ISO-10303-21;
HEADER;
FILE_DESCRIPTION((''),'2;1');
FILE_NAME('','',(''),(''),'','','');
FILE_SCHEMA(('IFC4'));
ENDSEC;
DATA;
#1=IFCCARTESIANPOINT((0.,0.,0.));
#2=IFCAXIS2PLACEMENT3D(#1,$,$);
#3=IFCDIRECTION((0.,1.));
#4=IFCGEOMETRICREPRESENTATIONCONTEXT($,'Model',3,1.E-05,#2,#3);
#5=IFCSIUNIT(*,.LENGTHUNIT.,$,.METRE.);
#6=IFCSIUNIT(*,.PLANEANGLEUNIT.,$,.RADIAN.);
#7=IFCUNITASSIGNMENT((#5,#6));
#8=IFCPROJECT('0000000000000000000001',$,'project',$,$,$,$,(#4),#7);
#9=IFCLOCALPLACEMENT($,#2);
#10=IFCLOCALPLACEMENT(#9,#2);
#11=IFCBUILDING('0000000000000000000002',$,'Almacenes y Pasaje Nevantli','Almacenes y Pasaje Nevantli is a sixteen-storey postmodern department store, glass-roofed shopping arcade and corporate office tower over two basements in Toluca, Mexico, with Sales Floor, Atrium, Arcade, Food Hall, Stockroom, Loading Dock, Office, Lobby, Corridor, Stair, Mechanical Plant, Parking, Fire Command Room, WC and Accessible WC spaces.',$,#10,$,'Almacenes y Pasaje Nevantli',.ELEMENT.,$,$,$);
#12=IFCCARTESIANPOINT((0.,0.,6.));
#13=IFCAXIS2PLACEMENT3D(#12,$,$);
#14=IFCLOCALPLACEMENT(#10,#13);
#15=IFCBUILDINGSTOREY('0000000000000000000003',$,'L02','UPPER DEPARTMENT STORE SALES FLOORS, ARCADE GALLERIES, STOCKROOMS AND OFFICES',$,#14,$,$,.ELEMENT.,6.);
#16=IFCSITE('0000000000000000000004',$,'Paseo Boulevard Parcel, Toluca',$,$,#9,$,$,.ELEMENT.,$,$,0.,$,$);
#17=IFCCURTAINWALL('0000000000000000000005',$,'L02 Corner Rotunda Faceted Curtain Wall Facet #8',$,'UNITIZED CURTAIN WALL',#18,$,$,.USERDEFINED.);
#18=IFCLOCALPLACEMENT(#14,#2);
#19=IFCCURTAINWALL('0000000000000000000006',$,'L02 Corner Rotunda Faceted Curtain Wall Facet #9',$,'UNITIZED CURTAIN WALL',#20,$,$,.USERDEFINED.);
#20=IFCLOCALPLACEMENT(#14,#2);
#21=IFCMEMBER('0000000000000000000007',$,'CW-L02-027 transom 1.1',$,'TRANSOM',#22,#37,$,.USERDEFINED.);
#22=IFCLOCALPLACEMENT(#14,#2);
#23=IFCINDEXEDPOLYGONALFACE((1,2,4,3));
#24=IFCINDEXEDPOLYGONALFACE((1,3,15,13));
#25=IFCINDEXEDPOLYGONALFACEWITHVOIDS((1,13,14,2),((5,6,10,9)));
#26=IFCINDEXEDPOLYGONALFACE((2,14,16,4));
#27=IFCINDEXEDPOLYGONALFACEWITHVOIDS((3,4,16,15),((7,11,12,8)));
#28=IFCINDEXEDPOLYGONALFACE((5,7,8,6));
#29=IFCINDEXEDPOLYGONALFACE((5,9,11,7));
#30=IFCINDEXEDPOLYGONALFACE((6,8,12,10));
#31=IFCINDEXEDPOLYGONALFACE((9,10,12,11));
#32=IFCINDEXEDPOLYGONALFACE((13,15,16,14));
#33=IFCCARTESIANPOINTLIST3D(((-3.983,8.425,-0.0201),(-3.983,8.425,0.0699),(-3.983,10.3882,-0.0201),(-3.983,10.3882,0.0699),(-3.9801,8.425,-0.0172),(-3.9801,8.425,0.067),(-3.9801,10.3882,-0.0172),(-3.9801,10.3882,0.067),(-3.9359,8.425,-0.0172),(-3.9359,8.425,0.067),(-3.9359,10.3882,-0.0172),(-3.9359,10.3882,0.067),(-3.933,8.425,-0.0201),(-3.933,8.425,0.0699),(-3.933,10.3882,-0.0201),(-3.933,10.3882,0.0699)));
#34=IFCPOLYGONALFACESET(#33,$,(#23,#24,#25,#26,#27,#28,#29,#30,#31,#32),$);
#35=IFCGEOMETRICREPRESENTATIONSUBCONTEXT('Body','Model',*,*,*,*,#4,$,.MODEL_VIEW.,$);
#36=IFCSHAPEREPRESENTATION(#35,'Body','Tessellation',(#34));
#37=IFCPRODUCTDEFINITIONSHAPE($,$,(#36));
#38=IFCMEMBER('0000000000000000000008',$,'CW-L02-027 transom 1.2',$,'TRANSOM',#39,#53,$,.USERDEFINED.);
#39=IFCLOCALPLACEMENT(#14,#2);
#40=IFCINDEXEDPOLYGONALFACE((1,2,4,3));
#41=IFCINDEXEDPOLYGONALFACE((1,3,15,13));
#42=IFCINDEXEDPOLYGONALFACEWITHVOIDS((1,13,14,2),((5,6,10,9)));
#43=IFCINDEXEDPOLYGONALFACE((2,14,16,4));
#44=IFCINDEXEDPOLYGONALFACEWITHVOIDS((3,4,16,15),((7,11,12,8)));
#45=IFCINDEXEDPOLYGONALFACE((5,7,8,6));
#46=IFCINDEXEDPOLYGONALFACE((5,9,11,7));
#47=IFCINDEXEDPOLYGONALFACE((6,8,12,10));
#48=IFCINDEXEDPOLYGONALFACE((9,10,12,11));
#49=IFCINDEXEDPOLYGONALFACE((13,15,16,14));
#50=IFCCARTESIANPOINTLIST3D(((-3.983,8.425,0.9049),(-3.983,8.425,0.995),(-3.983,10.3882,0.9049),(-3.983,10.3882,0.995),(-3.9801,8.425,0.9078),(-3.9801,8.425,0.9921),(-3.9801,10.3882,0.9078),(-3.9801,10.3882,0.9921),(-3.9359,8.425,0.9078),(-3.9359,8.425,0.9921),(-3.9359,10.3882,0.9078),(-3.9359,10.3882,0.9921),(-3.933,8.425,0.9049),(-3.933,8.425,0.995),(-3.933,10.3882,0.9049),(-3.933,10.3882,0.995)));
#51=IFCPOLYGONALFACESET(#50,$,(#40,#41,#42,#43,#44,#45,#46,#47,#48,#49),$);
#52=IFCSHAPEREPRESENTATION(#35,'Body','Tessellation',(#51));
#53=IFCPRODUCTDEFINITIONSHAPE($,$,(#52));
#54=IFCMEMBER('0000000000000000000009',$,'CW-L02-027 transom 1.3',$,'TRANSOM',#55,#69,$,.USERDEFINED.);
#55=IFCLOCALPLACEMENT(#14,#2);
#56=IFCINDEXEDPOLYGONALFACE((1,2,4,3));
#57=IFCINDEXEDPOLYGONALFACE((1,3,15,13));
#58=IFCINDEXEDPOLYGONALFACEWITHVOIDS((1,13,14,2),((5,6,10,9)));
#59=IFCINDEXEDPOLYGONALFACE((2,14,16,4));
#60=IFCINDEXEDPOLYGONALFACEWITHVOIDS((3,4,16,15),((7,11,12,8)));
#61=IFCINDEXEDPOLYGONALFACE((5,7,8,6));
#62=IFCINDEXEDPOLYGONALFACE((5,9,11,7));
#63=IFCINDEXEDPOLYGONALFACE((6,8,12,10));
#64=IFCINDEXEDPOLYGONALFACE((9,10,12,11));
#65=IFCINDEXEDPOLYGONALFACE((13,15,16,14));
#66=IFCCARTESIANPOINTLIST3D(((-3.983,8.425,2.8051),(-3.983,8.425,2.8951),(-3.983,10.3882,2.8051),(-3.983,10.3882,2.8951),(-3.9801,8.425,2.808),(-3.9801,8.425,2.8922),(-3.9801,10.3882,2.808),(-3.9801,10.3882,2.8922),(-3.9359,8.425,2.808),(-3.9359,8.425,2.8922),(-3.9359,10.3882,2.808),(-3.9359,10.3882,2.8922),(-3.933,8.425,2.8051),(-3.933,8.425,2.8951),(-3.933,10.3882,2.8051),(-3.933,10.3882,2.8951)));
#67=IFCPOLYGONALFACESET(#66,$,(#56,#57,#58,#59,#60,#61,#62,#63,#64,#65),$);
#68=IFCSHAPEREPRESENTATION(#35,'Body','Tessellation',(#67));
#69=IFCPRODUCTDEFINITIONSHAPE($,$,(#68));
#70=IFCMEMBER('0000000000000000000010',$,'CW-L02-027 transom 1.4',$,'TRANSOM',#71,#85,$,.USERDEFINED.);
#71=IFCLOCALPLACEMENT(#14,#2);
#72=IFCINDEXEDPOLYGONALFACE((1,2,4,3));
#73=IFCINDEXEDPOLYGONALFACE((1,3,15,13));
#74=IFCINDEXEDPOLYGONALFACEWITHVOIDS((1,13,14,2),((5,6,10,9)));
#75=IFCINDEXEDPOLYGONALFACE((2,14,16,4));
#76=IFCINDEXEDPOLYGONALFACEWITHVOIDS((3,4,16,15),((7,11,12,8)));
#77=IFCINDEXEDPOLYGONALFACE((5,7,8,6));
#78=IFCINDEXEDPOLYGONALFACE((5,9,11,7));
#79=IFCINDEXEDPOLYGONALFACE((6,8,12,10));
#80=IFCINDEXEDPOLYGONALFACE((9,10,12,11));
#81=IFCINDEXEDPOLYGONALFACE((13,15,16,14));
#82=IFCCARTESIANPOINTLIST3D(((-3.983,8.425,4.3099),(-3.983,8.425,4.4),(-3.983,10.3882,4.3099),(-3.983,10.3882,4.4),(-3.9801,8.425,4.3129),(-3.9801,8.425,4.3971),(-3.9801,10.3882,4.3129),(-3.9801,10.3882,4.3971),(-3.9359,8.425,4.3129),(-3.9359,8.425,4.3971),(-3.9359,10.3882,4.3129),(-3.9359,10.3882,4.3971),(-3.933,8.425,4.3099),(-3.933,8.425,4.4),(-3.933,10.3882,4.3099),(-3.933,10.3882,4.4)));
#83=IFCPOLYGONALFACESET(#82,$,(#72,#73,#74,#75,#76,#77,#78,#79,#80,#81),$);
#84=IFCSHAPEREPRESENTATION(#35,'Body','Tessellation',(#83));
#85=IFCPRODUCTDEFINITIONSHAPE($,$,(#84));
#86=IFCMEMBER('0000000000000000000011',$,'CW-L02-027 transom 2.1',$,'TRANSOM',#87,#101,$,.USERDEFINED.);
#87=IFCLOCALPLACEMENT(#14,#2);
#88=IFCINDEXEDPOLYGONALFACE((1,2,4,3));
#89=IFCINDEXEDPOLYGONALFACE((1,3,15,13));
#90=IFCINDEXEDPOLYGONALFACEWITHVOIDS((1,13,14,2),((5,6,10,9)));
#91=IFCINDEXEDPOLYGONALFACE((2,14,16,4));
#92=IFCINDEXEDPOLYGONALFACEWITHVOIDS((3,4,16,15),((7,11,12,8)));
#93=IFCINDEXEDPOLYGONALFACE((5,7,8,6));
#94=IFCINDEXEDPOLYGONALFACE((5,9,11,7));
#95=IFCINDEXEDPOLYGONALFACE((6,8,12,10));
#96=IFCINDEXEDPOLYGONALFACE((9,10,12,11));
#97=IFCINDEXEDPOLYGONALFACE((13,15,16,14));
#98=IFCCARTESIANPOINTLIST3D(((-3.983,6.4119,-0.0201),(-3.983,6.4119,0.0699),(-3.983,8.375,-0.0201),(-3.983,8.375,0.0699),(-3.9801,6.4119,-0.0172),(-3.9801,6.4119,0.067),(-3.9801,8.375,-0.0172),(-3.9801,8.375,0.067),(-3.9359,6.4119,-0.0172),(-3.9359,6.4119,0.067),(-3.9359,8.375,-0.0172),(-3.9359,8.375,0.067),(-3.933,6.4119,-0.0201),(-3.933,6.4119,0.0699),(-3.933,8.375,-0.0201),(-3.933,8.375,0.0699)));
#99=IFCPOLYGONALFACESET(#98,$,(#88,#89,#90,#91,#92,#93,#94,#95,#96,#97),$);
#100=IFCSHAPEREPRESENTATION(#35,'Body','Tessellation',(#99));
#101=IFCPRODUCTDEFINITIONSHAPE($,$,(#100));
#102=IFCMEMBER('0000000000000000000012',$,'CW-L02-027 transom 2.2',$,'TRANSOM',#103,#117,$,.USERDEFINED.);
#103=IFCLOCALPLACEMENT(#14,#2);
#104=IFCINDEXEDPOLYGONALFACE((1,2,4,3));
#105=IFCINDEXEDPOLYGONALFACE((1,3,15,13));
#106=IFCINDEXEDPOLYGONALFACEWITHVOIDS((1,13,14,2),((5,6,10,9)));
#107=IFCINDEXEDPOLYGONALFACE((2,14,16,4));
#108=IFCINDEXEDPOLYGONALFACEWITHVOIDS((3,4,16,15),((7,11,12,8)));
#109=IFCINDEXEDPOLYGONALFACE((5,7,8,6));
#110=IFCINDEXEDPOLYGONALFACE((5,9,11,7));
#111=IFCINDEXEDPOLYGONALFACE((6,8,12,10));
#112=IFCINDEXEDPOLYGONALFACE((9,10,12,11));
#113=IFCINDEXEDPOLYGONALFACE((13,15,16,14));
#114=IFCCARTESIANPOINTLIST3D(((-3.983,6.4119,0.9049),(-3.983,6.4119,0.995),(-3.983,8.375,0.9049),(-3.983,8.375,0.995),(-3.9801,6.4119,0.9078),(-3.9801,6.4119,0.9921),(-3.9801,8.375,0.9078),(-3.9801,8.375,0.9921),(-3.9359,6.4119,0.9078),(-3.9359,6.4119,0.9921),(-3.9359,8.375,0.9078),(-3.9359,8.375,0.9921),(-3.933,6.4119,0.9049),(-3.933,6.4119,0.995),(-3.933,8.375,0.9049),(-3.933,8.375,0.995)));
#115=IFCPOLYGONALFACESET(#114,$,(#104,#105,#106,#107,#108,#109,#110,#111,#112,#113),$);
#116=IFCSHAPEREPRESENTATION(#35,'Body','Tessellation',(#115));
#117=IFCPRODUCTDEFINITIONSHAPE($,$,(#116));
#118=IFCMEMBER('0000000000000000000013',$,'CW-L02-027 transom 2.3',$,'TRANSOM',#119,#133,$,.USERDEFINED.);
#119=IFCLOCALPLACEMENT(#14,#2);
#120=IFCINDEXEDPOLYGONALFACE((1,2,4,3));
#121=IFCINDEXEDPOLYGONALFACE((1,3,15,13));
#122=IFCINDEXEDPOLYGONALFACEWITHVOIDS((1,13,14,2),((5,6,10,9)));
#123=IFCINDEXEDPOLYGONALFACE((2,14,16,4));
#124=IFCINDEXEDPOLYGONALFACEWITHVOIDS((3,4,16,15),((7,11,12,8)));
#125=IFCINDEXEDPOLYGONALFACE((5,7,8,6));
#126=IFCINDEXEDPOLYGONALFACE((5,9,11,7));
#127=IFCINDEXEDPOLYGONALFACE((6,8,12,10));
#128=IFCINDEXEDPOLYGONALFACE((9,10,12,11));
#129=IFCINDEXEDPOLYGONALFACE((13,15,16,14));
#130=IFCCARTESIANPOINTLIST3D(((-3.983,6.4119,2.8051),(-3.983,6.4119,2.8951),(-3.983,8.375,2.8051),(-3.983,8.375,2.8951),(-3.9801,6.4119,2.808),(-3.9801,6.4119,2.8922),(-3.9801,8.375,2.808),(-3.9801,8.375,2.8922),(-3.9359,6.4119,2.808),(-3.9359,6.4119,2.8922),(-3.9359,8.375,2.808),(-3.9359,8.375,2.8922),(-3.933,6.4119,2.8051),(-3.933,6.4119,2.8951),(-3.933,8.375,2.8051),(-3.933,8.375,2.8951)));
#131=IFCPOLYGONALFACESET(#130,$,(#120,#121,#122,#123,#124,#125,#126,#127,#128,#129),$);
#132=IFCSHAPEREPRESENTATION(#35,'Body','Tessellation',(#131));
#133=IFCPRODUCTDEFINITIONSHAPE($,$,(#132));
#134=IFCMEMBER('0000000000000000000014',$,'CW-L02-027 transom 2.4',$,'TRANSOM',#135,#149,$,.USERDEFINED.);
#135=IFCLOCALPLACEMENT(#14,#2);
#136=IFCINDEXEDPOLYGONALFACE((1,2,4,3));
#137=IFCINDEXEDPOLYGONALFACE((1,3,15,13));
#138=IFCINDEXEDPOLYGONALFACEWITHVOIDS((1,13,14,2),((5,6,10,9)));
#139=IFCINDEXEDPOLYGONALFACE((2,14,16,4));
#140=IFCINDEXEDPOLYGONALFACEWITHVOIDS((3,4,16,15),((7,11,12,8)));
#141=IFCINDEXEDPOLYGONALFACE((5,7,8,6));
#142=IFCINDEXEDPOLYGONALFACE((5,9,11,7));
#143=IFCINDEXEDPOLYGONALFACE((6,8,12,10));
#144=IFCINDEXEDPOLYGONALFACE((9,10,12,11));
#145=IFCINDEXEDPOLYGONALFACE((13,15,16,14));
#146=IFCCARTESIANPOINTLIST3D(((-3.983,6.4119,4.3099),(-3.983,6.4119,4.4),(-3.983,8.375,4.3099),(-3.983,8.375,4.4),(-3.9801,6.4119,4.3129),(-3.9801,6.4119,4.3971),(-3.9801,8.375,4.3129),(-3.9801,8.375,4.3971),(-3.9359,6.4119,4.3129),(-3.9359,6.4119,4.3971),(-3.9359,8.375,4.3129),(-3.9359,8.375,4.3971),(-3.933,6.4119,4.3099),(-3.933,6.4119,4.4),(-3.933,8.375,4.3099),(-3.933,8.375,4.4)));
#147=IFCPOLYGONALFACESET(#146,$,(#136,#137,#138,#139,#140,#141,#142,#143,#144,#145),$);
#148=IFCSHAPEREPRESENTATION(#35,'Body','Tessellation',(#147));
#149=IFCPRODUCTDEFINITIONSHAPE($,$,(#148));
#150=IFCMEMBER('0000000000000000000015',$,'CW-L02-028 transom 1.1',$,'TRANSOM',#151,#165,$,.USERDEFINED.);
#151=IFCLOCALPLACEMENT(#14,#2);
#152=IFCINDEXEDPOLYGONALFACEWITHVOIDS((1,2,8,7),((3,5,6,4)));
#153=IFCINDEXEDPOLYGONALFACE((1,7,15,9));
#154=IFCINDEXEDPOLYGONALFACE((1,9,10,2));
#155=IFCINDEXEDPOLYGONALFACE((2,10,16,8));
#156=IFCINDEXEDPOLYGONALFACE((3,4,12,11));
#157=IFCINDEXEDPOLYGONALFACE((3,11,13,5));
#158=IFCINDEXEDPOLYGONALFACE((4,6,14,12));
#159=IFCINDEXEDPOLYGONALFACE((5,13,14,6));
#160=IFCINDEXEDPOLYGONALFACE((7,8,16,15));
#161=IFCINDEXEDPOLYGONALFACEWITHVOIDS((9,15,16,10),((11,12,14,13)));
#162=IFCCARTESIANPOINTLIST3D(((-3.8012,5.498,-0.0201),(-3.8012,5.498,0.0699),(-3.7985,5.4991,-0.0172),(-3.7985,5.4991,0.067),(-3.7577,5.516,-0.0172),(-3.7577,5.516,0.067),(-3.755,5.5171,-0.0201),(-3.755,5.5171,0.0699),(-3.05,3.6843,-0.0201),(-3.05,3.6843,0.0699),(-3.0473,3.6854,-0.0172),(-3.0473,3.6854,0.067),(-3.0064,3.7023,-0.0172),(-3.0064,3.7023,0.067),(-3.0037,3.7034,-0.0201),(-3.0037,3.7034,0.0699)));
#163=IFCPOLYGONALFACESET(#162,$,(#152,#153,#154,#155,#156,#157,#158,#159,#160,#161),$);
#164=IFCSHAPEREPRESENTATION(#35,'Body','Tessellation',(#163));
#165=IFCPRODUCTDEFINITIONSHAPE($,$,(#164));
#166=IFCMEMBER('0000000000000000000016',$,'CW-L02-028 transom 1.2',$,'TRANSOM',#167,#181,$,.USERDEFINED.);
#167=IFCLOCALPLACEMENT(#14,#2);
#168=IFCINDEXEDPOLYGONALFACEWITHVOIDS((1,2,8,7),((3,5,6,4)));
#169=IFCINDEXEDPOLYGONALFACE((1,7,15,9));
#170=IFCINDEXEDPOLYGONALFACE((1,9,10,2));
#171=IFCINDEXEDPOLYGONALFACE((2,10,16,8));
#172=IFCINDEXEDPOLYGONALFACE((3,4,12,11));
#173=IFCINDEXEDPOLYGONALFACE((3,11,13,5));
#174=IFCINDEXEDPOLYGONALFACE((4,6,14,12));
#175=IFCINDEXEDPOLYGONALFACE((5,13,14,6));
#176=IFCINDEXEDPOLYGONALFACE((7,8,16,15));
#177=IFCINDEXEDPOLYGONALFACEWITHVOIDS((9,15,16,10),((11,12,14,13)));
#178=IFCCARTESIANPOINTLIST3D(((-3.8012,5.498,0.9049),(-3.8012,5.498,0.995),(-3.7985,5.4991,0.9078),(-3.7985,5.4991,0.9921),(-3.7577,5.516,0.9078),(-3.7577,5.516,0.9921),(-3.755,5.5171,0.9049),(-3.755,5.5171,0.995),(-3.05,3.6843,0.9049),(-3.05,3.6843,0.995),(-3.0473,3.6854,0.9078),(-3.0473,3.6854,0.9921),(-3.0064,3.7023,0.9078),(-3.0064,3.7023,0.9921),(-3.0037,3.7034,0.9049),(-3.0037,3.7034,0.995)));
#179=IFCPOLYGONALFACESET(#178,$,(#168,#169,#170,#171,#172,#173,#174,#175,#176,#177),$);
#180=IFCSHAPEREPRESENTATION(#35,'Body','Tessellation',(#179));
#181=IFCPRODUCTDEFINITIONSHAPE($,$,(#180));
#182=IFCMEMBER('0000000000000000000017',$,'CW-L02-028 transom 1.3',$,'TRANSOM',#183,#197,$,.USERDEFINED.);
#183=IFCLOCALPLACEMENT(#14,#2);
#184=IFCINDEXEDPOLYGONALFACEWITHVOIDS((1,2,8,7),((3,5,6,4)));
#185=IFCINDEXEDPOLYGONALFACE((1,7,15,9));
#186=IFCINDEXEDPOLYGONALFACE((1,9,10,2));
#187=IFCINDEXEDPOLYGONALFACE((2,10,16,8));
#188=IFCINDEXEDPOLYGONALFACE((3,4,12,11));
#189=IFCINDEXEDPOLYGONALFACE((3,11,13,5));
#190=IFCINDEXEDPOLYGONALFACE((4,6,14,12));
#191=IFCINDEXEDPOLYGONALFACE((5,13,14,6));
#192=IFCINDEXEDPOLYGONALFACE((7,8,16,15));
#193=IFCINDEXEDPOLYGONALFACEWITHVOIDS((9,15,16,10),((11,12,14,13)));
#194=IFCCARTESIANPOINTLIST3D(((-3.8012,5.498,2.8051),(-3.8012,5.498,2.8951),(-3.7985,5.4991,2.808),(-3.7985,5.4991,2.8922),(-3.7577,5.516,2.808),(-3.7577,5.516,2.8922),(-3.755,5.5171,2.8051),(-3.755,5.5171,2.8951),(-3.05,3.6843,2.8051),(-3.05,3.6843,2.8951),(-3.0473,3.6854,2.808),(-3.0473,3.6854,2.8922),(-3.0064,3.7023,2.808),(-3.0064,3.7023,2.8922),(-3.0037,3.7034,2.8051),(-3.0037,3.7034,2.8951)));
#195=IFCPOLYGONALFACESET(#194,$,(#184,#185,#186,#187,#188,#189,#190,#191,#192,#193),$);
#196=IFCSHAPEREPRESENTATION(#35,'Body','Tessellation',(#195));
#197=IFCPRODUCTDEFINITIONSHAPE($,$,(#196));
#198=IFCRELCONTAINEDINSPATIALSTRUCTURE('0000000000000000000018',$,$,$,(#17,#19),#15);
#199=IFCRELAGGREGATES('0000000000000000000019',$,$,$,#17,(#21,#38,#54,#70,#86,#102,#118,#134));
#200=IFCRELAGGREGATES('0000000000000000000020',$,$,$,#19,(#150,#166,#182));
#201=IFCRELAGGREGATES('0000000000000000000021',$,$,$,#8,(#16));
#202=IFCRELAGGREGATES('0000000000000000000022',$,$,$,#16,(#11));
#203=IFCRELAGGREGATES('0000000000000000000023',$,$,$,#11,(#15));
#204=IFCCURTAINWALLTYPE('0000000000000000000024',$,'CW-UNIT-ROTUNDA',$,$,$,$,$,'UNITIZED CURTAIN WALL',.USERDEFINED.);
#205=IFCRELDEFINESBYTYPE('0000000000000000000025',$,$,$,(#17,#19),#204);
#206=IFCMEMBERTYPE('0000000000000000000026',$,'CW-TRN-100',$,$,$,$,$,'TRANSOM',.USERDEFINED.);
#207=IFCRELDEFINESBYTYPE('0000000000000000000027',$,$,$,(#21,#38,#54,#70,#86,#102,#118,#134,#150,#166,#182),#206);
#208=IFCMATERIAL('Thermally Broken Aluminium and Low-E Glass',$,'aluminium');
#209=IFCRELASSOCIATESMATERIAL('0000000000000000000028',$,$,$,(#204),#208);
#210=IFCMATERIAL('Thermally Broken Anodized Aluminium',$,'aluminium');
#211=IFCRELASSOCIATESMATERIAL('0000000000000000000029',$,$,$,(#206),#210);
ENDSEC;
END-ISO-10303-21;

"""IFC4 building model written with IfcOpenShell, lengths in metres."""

from ifc_helpers import new_model, si_unit, direction, frame, origin, origin_2d, place, context, subcontext, project, spatial, hollow_rectangle, extrude, material, material_profile, profile_set, type_object, element, aggregate, save


model = new_model("IFC4")

# Units and contexts
model_context = context("Model", 3, precision=1e-05, world=origin(), true_north=direction((0.0, 1.0)))
body_context = subcontext(model_context, "Body", "Model", "MODEL_VIEW")
ifc_project = project(units=[si_unit("LENGTHUNIT", "METRE"), si_unit("PLANEANGLEUNIT", "RADIAN")], contexts=[model_context])

# Site, building, storey
site_placement = place(None, origin())
site = spatial("IfcSite", under=ifc_project, at=site_placement, Name="Paseo Boulevard Parcel, Toluca", CompositionType="ELEMENT", RefElevation=0.0)
building_placement = place(site_placement, origin())
building = spatial("IfcBuilding", under=site, at=building_placement, Name="Almacenes y Pasaje Nevantli", Description="Almacenes y Pasaje Nevantli is a sixteen-storey postmodern department store, glass-roofed shopping arcade and corporate office tower over two basements in Toluca, Mexico, with Sales Floor, Atrium, Arcade, Food Hall, Stockroom, Loading Dock, Office, Lobby, Corridor, Stair, Mechanical Plant, Parking, Fire Command Room, WC and Accessible WC spaces.", LongName="Almacenes y Pasaje Nevantli", CompositionType="ELEMENT")
storey_placement = place(building_placement, frame((0.0, 0.0, 6.0)))
storey = spatial("IfcBuildingStorey", under=building, at=storey_placement, Name="L02", Description="UPPER DEPARTMENT STORE SALES FLOORS, ARCADE GALLERIES, STOCKROOMS AND OFFICES", CompositionType="ELEMENT", Elevation=6.0)

# Curtain walls
ifc_material_1 = material(Name="Thermally Broken Aluminium and Low-E Glass", Category="aluminium")
curtain_wall_type = type_object("IfcCurtainWallType", Name="CW-UNIT-ROTUNDA", ElementType="UNITIZED CURTAIN WALL", PredefinedType="USERDEFINED", material=ifc_material_1)
curtain_wall_1_placement = place(storey_placement, origin())
curtain_wall_1 = element("IfcCurtainWall", 1, at=curtain_wall_1_placement, inside=storey, type_object=curtain_wall_type, Name="L02 Corner Rotunda Faceted Curtain Wall Facet #8", ObjectType="UNITIZED CURTAIN WALL", PredefinedType="USERDEFINED")
curtain_wall_2_placement = place(storey_placement, origin())
curtain_wall_2 = element("IfcCurtainWall", 2, at=curtain_wall_2_placement, inside=storey, type_object=curtain_wall_type, Name="L02 Corner Rotunda Faceted Curtain Wall Facet #9", ObjectType="UNITIZED CURTAIN WALL", PredefinedType="USERDEFINED")

# Members
ifc_material_2 = material(Name="Thermally Broken Anodized Aluminium", Category="aluminium")
ifc_material_profile_1 = material_profile(ifc_material_2, hollow_rectangle(XDim=0.05, YDim=0.0901, WallThickness=0.0029, at=origin_2d()), Name="ALU-TRN-50x90")
ifc_profile_set_1 = profile_set([ifc_material_profile_1], Name="Thermally Broken Anodized Aluminium")
member_type_1 = type_object("IfcMemberType", Name="CW-TRN-100", ElementType="TRANSOM", PredefinedType="USERDEFINED", material=ifc_profile_set_1)
member_1_placement = place(storey_placement, frame((-3.958, 10.3882, 0.0249), z_axis=(0.0, -1.0, 0.0), x_axis=(1.0, 0.0, 0.0)))
member_1 = element("IfcMember", 3, at=member_1_placement, type_object=member_type_1, Name="CW-L02-027 transom 1.1", ObjectType="TRANSOM", PredefinedType="USERDEFINED", context=body_context, shape_type="SweptSolid", body=[
    extrude(hollow_rectangle(XDim=0.05, YDim=0.0901, WallThickness=0.0029, at=origin_2d()), origin(), (0.0, 0.0, 1.0), 1.9631),
])
member_2_placement = place(storey_placement, frame((-3.958, 10.3882, 0.95), z_axis=(0.0, -1.0, 0.0), x_axis=(1.0, 0.0, 0.0)))
member_2 = element("IfcMember", 4, at=member_2_placement, type_object=member_type_1, Name="CW-L02-027 transom 1.2", ObjectType="TRANSOM", PredefinedType="USERDEFINED", context=body_context, shape_type="SweptSolid", body=[
    extrude(hollow_rectangle(XDim=0.05, YDim=0.0901, WallThickness=0.0029, at=origin_2d()), origin(), (0.0, 0.0, 1.0), 1.9631),
])
member_3_placement = place(storey_placement, frame((-3.958, 10.3882, 2.8501), z_axis=(0.0, -1.0, 0.0), x_axis=(1.0, 0.0, 0.0)))
member_3 = element("IfcMember", 5, at=member_3_placement, type_object=member_type_1, Name="CW-L02-027 transom 1.3", ObjectType="TRANSOM", PredefinedType="USERDEFINED", context=body_context, shape_type="SweptSolid", body=[
    extrude(hollow_rectangle(XDim=0.05, YDim=0.0901, WallThickness=0.0029, at=origin_2d()), origin(), (0.0, 0.0, 1.0), 1.9631),
])
member_4_placement = place(storey_placement, frame((-3.958, 10.3882, 4.355), z_axis=(0.0, -1.0, 0.0), x_axis=(1.0, 0.0, 0.0)))
member_4 = element("IfcMember", 6, at=member_4_placement, type_object=member_type_1, Name="CW-L02-027 transom 1.4", ObjectType="TRANSOM", PredefinedType="USERDEFINED", context=body_context, shape_type="SweptSolid", body=[
    extrude(hollow_rectangle(XDim=0.05, YDim=0.0901, WallThickness=0.0029, at=origin_2d()), origin(), (0.0, 0.0, 1.0), 1.9631),
])
member_5_placement = place(storey_placement, frame((-3.958, 8.375, 0.0249), z_axis=(0.0, -1.0, 0.0), x_axis=(1.0, 0.0, 0.0)))
member_5 = element("IfcMember", 7, at=member_5_placement, type_object=member_type_1, Name="CW-L02-027 transom 2.1", ObjectType="TRANSOM", PredefinedType="USERDEFINED", context=body_context, shape_type="SweptSolid", body=[
    extrude(hollow_rectangle(XDim=0.05, YDim=0.0901, WallThickness=0.0029, at=origin_2d()), origin(), (0.0, 0.0, 1.0), 1.9631),
])
member_6_placement = place(storey_placement, frame((-3.958, 8.375, 0.95), z_axis=(0.0, -1.0, 0.0), x_axis=(1.0, 0.0, 0.0)))
member_6 = element("IfcMember", 8, at=member_6_placement, type_object=member_type_1, Name="CW-L02-027 transom 2.2", ObjectType="TRANSOM", PredefinedType="USERDEFINED", context=body_context, shape_type="SweptSolid", body=[
    extrude(hollow_rectangle(XDim=0.05, YDim=0.0901, WallThickness=0.0029, at=origin_2d()), origin(), (0.0, 0.0, 1.0), 1.9631),
])
member_7_placement = place(storey_placement, frame((-3.958, 8.375, 2.8501), z_axis=(0.0, -1.0, 0.0), x_axis=(1.0, 0.0, 0.0)))
member_7 = element("IfcMember", 9, at=member_7_placement, type_object=member_type_1, Name="CW-L02-027 transom 2.3", ObjectType="TRANSOM", PredefinedType="USERDEFINED", context=body_context, shape_type="SweptSolid", body=[
    extrude(hollow_rectangle(XDim=0.05, YDim=0.0901, WallThickness=0.0029, at=origin_2d()), origin(), (0.0, 0.0, 1.0), 1.9631),
])
member_8_placement = place(storey_placement, frame((-3.958, 8.375, 4.355), z_axis=(0.0, -1.0, 0.0), x_axis=(1.0, 0.0, 0.0)))
member_8 = element("IfcMember", 10, at=member_8_placement, type_object=member_type_1, Name="CW-L02-027 transom 2.4", ObjectType="TRANSOM", PredefinedType="USERDEFINED", context=body_context, shape_type="SweptSolid", body=[
    extrude(hollow_rectangle(XDim=0.05, YDim=0.0901, WallThickness=0.0029, at=origin_2d()), origin(), (0.0, 0.0, 1.0), 1.9631),
])
member_9_placement = place(storey_placement, frame((-3.7781, 5.5076, 0.0249), z_axis=(0.382663, -0.923888, 0.0), x_axis=(0.923888, 0.382663, 0.0)))
member_9 = element("IfcMember", 11, at=member_9_placement, type_object=member_type_1, Name="CW-L02-028 transom 1.1", ObjectType="TRANSOM", PredefinedType="USERDEFINED", context=body_context, shape_type="SweptSolid", body=[
    extrude(hollow_rectangle(XDim=0.05, YDim=0.0901, WallThickness=0.0029, at=origin_2d()), origin(), (0.0, 0.0, 1.0), 1.9631),
])
member_10_placement = place(storey_placement, frame((-3.7781, 5.5076, 0.95), z_axis=(0.382663, -0.923888, 0.0), x_axis=(0.923888, 0.382663, 0.0)))
member_10 = element("IfcMember", 12, at=member_10_placement, type_object=member_type_1, Name="CW-L02-028 transom 1.2", ObjectType="TRANSOM", PredefinedType="USERDEFINED", context=body_context, shape_type="SweptSolid", body=[
    extrude(hollow_rectangle(XDim=0.05, YDim=0.0901, WallThickness=0.0029, at=origin_2d()), origin(), (0.0, 0.0, 1.0), 1.9631),
])
member_11_placement = place(storey_placement, frame((-3.7781, 5.5076, 2.8501), z_axis=(0.382663, -0.923888, 0.0), x_axis=(0.923888, 0.382663, 0.0)))
member_11 = element("IfcMember", 13, at=member_11_placement, type_object=member_type_1, Name="CW-L02-028 transom 1.3", ObjectType="TRANSOM", PredefinedType="USERDEFINED", context=body_context, shape_type="SweptSolid", body=[
    extrude(hollow_rectangle(XDim=0.05, YDim=0.0901, WallThickness=0.0029, at=origin_2d()), origin(), (0.0, 0.0, 1.0), 1.9631),
])

aggregate(curtain_wall_1, [member_1, member_2, member_3, member_4, member_5, member_6, member_7, member_8])
aggregate(curtain_wall_2, [member_9, member_10, member_11])

save(model, "model.ifc")
